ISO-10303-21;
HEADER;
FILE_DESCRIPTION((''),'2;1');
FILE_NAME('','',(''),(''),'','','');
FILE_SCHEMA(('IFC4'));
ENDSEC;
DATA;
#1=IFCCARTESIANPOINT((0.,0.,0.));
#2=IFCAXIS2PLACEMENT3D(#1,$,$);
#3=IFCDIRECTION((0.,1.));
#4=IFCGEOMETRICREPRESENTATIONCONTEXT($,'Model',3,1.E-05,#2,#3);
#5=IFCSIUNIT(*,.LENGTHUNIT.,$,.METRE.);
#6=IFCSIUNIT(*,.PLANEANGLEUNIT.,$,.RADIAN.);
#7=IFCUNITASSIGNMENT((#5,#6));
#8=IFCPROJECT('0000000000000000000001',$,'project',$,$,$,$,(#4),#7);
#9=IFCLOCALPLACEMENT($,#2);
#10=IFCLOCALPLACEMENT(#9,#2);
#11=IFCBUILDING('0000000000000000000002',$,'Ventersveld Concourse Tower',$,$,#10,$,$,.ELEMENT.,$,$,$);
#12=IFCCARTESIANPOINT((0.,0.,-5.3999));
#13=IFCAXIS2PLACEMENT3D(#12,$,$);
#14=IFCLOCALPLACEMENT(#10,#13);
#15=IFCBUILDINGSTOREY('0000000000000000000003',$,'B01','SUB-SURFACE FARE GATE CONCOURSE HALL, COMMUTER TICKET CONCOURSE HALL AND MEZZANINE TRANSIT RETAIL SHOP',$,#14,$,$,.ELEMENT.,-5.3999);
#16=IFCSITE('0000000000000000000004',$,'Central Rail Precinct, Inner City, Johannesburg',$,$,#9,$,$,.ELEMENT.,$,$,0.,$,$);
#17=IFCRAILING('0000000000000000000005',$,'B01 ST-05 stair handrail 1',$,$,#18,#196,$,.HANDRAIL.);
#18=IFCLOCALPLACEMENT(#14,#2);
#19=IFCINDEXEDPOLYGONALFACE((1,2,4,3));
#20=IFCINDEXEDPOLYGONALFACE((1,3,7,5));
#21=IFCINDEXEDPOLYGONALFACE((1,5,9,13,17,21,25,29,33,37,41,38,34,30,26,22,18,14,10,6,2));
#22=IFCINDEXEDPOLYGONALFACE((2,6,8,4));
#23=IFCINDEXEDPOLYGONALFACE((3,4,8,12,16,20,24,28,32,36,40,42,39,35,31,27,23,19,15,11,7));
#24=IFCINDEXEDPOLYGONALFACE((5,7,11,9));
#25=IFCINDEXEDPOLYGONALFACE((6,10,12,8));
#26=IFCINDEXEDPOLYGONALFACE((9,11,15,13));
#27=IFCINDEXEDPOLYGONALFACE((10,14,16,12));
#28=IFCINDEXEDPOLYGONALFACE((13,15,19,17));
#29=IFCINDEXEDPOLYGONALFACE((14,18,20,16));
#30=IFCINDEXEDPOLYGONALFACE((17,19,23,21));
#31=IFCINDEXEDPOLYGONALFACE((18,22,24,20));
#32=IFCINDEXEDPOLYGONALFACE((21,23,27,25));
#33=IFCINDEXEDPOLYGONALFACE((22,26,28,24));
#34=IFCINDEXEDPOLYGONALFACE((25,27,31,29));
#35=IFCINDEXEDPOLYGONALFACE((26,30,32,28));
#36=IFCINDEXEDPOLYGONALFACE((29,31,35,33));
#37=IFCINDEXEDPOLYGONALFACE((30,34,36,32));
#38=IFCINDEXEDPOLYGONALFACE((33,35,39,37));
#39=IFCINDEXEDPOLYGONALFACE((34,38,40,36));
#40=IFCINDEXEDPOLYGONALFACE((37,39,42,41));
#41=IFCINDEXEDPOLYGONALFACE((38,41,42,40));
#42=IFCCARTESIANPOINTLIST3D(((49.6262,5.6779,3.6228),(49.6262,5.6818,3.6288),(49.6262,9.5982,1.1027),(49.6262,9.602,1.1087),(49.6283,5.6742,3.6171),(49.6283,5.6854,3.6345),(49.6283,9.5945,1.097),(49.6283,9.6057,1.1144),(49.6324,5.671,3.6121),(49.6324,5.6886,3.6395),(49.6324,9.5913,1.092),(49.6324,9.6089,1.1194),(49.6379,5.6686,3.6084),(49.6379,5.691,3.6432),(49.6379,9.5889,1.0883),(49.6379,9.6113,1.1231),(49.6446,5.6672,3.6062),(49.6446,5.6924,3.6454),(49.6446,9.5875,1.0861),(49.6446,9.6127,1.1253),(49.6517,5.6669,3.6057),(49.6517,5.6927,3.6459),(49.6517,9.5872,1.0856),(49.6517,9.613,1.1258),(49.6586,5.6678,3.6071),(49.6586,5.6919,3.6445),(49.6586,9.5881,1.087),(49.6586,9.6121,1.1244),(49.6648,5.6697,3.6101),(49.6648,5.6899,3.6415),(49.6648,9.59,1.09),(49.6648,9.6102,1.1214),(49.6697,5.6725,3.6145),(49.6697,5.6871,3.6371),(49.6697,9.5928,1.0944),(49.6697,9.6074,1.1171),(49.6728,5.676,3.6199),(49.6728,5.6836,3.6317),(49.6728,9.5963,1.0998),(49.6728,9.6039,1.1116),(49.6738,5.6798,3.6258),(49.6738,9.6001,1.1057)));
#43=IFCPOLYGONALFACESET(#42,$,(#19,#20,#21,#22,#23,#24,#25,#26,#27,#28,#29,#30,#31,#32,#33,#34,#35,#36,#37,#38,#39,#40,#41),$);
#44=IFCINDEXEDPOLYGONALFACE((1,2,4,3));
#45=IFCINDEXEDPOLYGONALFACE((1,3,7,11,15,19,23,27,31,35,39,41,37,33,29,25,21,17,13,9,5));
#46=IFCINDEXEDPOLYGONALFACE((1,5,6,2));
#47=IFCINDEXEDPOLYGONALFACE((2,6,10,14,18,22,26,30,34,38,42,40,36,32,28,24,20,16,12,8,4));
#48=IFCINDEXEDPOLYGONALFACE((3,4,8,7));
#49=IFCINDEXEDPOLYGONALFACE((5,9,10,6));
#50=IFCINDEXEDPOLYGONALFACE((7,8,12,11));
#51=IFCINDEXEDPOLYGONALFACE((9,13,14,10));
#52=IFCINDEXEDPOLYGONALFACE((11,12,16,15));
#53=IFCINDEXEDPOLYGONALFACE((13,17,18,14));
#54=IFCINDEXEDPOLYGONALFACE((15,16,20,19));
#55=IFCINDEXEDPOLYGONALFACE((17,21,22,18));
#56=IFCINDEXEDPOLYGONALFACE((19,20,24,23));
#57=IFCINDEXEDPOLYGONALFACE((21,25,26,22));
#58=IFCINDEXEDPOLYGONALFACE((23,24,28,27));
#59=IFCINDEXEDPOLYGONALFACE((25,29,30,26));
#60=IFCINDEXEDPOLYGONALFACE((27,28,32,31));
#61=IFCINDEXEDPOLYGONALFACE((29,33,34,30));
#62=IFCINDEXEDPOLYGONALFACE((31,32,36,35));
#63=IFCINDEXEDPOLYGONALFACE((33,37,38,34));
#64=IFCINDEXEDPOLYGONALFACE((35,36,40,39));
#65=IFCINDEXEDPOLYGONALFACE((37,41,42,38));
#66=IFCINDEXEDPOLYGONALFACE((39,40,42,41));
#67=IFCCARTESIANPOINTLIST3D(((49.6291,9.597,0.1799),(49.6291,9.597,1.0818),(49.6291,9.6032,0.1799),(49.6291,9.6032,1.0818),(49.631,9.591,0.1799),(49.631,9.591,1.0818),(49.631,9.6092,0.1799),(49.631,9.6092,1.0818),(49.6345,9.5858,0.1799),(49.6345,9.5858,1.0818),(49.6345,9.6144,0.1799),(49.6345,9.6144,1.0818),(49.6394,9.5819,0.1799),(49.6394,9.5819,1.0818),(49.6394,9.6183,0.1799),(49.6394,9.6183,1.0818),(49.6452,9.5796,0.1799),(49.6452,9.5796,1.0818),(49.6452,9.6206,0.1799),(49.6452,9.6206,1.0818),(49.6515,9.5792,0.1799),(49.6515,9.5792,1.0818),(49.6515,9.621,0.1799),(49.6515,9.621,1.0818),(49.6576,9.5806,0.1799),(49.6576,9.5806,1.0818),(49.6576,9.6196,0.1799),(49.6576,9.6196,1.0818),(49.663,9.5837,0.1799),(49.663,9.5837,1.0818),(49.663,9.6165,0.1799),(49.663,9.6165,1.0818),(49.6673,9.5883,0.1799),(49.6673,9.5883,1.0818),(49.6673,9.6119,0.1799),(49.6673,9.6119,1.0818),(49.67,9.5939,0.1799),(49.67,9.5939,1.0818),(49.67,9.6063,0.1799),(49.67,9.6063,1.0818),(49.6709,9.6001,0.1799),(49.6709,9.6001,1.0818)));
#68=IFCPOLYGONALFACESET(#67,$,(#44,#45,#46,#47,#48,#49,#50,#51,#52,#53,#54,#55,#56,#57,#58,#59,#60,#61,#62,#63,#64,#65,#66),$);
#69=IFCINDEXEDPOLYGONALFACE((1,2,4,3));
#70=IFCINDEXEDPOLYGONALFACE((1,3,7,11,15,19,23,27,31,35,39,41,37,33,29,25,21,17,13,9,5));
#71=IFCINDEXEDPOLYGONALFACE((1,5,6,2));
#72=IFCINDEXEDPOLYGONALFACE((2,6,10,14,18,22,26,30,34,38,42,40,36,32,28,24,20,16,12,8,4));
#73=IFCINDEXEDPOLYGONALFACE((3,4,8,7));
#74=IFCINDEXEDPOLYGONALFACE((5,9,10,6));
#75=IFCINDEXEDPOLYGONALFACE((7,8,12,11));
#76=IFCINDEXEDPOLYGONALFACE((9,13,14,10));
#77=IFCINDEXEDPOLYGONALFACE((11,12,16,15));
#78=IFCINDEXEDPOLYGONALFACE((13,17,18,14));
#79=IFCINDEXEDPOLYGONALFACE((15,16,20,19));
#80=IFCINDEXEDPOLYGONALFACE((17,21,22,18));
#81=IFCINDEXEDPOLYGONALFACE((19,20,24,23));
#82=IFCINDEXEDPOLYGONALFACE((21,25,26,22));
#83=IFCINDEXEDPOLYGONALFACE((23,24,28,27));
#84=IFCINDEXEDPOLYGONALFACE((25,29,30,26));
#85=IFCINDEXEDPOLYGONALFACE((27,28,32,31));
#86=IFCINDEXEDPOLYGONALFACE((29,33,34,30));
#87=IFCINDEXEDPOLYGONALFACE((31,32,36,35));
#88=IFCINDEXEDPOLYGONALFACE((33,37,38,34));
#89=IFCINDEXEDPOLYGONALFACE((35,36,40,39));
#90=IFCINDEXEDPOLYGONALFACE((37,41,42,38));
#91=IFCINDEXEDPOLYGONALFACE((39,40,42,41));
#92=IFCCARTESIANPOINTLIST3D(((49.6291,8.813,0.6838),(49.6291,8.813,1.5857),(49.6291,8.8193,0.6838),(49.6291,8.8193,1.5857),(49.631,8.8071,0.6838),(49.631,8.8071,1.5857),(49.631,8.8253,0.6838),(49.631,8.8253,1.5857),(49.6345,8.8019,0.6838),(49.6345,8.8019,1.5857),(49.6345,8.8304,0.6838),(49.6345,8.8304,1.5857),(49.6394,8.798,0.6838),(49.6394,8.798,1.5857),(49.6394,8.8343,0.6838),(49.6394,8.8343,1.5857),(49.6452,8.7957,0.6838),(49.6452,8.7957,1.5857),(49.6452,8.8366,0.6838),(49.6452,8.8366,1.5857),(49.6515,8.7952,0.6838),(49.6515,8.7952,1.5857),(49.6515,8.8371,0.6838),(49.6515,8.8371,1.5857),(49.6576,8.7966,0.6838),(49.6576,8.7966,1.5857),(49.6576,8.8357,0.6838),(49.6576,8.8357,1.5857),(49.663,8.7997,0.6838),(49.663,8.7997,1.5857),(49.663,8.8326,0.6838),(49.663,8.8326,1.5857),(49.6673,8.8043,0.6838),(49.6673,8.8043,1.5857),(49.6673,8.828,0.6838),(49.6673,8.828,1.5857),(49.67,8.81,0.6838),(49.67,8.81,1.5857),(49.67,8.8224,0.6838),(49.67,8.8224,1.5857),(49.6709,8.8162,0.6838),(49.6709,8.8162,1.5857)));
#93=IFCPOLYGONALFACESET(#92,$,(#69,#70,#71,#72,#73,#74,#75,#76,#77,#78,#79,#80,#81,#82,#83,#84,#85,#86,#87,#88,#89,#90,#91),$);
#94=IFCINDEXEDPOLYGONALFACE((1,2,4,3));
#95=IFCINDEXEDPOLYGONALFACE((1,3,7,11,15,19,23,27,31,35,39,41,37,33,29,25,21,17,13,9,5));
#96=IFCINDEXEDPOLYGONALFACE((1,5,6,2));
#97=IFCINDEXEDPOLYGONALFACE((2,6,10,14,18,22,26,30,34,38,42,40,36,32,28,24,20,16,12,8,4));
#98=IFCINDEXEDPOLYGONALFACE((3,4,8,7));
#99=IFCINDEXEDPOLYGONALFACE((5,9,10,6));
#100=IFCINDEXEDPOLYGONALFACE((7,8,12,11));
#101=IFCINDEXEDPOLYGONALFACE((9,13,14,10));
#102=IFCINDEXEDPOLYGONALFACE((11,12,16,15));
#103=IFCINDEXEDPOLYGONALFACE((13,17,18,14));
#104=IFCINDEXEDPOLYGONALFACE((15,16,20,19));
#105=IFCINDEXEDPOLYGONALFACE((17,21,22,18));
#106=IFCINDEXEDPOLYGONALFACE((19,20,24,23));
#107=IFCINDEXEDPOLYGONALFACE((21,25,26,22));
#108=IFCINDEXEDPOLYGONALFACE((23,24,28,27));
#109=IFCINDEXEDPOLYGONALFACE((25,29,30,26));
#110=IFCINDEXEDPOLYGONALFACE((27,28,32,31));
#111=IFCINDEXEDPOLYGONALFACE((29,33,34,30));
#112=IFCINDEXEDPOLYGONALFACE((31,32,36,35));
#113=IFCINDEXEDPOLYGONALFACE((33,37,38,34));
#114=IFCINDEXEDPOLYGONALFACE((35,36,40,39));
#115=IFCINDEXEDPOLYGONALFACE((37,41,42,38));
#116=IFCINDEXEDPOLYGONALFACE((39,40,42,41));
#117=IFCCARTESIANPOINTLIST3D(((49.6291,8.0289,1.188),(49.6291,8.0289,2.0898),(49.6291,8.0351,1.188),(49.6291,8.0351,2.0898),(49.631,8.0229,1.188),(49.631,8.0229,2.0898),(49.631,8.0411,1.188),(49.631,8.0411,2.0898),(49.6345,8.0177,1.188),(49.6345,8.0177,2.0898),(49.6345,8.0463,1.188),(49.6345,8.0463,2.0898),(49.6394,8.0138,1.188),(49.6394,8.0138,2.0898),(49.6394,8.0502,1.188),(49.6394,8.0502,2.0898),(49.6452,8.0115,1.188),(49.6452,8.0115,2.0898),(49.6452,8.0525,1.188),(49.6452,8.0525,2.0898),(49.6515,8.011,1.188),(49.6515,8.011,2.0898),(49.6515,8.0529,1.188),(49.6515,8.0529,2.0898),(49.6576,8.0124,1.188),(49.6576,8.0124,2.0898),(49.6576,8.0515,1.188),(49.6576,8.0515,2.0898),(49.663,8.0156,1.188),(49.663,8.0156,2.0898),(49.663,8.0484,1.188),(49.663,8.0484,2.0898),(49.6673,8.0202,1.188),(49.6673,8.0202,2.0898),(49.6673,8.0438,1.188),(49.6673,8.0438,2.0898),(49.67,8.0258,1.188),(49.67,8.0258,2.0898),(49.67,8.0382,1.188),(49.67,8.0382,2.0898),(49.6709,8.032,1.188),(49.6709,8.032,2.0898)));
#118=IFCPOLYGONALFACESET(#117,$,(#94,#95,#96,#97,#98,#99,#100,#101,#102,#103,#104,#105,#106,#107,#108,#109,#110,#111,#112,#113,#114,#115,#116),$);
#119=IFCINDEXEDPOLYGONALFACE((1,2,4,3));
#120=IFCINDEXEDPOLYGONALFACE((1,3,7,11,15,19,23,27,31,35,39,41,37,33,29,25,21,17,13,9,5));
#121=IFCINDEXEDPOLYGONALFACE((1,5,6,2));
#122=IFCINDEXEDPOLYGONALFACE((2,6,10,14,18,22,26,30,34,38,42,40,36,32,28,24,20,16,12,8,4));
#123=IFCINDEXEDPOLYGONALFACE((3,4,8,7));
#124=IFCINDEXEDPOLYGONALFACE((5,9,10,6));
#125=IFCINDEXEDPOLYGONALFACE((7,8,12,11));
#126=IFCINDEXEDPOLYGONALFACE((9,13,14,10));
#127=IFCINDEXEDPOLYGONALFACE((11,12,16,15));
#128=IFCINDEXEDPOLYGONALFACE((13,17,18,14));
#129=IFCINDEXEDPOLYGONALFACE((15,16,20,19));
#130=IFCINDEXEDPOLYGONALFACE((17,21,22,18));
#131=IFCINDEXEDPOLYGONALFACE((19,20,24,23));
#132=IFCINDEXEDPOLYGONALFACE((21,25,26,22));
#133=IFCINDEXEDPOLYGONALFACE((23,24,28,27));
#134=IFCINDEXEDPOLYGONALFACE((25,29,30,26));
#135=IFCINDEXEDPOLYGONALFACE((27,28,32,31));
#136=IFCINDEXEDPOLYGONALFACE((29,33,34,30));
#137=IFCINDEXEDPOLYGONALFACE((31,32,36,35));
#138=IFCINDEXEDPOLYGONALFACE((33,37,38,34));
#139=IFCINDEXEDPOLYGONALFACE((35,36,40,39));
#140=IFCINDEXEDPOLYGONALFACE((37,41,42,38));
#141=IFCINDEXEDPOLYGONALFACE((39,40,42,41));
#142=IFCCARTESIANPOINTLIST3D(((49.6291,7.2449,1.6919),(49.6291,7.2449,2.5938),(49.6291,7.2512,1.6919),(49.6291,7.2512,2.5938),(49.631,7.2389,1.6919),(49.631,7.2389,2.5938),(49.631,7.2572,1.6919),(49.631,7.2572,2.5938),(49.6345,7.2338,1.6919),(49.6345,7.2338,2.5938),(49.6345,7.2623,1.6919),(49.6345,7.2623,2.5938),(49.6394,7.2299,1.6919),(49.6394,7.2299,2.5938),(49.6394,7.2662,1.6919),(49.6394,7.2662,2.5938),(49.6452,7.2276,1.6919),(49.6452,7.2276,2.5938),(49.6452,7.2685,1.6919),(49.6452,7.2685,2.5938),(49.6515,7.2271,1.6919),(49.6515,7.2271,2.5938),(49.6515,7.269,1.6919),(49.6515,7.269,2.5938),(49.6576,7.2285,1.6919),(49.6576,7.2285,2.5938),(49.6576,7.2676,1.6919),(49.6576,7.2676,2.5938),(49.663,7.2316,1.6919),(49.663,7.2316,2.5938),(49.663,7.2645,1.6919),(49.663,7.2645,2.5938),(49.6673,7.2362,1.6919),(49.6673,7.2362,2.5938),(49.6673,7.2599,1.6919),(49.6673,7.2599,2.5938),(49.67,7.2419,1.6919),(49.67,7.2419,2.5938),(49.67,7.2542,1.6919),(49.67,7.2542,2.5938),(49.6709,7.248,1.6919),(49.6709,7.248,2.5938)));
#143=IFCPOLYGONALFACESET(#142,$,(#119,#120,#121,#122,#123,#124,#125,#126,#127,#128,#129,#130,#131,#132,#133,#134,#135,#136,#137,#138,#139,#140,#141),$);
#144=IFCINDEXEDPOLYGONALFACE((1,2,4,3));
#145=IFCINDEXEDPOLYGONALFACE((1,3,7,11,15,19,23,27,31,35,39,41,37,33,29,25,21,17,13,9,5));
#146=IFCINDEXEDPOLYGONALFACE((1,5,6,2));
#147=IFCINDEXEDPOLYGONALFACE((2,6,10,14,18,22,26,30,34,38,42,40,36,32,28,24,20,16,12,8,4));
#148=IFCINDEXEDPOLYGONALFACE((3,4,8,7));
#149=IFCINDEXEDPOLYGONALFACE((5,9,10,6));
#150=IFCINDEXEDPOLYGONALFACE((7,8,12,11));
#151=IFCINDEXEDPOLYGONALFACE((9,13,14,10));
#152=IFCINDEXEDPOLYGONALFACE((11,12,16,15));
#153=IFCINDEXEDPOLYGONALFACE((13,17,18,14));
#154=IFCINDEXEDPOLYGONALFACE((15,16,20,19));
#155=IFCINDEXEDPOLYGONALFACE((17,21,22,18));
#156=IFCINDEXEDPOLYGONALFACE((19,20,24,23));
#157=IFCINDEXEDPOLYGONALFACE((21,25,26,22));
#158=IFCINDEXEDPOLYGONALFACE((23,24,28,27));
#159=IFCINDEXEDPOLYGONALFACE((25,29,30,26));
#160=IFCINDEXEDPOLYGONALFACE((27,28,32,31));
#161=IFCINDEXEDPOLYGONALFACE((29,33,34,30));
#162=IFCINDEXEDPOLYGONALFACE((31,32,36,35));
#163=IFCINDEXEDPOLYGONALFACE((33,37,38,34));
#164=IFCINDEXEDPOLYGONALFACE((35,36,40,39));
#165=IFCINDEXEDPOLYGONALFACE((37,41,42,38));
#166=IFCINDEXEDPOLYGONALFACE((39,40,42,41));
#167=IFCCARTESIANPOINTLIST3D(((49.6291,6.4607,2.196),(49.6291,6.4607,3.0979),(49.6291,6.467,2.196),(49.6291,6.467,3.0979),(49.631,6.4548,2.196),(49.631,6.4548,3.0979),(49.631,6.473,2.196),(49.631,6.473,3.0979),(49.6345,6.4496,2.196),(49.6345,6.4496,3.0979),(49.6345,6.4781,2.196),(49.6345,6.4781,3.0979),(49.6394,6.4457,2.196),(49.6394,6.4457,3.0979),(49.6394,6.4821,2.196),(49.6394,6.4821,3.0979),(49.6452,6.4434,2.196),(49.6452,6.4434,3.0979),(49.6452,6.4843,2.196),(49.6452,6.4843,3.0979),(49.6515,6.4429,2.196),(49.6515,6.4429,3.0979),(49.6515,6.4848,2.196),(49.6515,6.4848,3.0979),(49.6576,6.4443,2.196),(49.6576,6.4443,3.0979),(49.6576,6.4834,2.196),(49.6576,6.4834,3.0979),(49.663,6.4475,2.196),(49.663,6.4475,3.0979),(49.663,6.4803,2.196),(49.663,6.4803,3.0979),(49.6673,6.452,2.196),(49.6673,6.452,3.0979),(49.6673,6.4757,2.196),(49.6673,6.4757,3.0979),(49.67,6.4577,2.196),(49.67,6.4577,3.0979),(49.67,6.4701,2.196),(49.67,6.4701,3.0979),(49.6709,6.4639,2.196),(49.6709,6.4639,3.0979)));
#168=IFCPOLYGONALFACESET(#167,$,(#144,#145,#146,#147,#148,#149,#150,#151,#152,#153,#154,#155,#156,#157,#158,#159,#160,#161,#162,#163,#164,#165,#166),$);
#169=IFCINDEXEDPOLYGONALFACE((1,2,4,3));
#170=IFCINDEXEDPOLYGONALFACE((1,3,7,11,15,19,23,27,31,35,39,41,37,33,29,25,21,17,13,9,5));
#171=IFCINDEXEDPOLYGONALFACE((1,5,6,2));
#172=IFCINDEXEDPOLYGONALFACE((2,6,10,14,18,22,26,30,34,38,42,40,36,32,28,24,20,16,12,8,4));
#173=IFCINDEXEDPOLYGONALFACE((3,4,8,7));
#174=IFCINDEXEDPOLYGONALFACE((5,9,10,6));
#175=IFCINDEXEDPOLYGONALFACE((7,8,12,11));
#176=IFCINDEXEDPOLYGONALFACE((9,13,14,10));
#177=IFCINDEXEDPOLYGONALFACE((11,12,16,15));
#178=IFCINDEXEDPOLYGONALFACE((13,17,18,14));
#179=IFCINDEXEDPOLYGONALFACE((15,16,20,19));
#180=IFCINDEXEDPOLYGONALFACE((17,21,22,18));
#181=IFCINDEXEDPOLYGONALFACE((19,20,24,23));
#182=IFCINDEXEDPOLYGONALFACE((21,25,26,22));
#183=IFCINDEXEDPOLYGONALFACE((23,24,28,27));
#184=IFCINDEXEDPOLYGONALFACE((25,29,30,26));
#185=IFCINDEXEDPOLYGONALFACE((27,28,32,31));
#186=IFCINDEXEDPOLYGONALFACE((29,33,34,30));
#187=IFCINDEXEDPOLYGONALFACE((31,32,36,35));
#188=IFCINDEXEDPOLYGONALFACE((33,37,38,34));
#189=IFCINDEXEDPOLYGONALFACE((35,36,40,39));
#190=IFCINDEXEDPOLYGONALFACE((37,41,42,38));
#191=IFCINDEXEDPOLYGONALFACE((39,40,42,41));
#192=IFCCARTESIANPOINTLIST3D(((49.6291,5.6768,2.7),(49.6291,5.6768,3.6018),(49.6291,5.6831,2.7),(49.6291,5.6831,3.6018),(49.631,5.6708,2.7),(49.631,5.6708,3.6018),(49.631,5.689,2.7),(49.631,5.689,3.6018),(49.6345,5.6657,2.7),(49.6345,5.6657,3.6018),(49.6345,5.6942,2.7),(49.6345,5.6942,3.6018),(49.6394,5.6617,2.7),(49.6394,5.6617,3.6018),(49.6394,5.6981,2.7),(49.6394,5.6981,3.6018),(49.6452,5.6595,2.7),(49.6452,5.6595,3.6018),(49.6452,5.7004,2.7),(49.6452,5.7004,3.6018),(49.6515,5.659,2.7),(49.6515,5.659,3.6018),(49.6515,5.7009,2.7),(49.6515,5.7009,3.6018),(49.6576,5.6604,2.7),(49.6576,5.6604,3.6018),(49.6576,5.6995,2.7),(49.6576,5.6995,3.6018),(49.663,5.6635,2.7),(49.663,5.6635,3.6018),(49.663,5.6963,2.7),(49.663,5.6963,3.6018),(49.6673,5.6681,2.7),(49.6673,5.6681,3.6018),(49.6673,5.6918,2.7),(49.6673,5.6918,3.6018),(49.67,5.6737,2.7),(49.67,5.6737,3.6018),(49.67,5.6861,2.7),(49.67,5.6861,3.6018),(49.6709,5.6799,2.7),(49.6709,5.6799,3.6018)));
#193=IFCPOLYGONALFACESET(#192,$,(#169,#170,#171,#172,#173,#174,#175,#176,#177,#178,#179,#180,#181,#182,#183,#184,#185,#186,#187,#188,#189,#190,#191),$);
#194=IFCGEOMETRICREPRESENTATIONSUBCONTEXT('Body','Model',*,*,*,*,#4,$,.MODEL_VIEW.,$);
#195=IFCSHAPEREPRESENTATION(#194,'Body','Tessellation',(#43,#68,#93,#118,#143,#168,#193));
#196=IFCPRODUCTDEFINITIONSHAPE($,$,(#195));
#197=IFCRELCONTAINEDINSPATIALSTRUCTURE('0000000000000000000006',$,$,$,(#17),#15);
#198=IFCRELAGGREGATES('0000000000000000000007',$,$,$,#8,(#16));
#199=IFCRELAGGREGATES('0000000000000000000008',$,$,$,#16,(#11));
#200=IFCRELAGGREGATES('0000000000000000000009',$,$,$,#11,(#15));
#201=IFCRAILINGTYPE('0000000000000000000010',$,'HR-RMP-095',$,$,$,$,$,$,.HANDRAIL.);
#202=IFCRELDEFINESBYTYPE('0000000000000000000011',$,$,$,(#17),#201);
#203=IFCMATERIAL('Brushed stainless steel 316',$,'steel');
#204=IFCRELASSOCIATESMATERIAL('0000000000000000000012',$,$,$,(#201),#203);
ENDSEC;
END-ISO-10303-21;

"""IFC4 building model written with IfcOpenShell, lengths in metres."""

from ifc_helpers import new_model, si_unit, direction, frame, origin, origin_2d, place, context, subcontext, project, spatial, circle, extrude, material, type_object, element, save


model = new_model("IFC4")

# Units and contexts
model_context = context("Model", 3, precision=1e-05, world=origin(), true_north=direction((0.0, 1.0)))
body_context = subcontext(model_context, "Body", "Model", "MODEL_VIEW")
ifc_project = project(units=[si_unit("LENGTHUNIT", "METRE"), si_unit("PLANEANGLEUNIT", "RADIAN")], contexts=[model_context])

# Site, building, storey
site_placement = place(None, origin())
site = spatial("IfcSite", under=ifc_project, at=site_placement, Name="Central Rail Precinct, Inner City, Johannesburg", CompositionType="ELEMENT", RefElevation=0.0)
building_placement = place(site_placement, origin())
building = spatial("IfcBuilding", under=site, at=building_placement, Name="Ventersveld Concourse Tower", CompositionType="ELEMENT")
storey_placement = place(building_placement, frame((0.0, 0.0, -5.3999)))
storey = spatial("IfcBuildingStorey", under=building, at=storey_placement, Name="B01", Description="SUB-SURFACE FARE GATE CONCOURSE HALL, COMMUTER TICKET CONCOURSE HALL AND MEZZANINE TRANSIT RETAIL SHOP", CompositionType="ELEMENT", Elevation=-5.3999)

# Railing
ifc_material_1 = material(Name="Brushed stainless steel 316", Category="steel")
railing_type_1 = type_object("IfcRailingType", Name="HR-RMP-095", PredefinedType="HANDRAIL", material=ifc_material_1)
railing_1_placement = place(storey_placement, frame((49.6499, 9.6001, 0.1799)))
element("IfcRailing", 1, at=railing_1_placement, inside=storey, type_object=railing_type_1, Name="B01 ST-05 stair handrail 1", PredefinedType="HANDRAIL", context=body_context, shape_type="SweptSolid", body=[
    extrude(circle(Radius=0.0239, at=origin_2d()), frame((0.0, 0.0, 0.9258), z_axis=(0.0, -0.841187, 0.540744), x_axis=(1.0, 0.0, 0.0)), (0.0, 0.0, 1.0), 4.6604),
    extrude(circle(Radius=0.021, at=origin_2d()), origin(), (0.0, 0.0, 1.0), 0.9019),
    extrude(circle(Radius=0.021, at=origin_2d()), frame((0.0, -0.7839, 0.5039)), (0.0, 0.0, 1.0), 0.9019),
    extrude(circle(Radius=0.021, at=origin_2d()), frame((0.0, -1.5681, 1.0081)), (0.0, 0.0, 1.0), 0.9019),
    extrude(circle(Radius=0.021, at=origin_2d()), frame((0.0, -2.3521, 1.512)), (0.0, 0.0, 1.0), 0.9019),
    extrude(circle(Radius=0.021, at=origin_2d()), frame((0.0, -3.1362, 2.0161)), (0.0, 0.0, 1.0), 0.9019),
    extrude(circle(Radius=0.021, at=origin_2d()), frame((0.0, -3.9202, 2.52)), (0.0, 0.0, 1.0), 0.9019),
])

save(model, "model.ifc")
